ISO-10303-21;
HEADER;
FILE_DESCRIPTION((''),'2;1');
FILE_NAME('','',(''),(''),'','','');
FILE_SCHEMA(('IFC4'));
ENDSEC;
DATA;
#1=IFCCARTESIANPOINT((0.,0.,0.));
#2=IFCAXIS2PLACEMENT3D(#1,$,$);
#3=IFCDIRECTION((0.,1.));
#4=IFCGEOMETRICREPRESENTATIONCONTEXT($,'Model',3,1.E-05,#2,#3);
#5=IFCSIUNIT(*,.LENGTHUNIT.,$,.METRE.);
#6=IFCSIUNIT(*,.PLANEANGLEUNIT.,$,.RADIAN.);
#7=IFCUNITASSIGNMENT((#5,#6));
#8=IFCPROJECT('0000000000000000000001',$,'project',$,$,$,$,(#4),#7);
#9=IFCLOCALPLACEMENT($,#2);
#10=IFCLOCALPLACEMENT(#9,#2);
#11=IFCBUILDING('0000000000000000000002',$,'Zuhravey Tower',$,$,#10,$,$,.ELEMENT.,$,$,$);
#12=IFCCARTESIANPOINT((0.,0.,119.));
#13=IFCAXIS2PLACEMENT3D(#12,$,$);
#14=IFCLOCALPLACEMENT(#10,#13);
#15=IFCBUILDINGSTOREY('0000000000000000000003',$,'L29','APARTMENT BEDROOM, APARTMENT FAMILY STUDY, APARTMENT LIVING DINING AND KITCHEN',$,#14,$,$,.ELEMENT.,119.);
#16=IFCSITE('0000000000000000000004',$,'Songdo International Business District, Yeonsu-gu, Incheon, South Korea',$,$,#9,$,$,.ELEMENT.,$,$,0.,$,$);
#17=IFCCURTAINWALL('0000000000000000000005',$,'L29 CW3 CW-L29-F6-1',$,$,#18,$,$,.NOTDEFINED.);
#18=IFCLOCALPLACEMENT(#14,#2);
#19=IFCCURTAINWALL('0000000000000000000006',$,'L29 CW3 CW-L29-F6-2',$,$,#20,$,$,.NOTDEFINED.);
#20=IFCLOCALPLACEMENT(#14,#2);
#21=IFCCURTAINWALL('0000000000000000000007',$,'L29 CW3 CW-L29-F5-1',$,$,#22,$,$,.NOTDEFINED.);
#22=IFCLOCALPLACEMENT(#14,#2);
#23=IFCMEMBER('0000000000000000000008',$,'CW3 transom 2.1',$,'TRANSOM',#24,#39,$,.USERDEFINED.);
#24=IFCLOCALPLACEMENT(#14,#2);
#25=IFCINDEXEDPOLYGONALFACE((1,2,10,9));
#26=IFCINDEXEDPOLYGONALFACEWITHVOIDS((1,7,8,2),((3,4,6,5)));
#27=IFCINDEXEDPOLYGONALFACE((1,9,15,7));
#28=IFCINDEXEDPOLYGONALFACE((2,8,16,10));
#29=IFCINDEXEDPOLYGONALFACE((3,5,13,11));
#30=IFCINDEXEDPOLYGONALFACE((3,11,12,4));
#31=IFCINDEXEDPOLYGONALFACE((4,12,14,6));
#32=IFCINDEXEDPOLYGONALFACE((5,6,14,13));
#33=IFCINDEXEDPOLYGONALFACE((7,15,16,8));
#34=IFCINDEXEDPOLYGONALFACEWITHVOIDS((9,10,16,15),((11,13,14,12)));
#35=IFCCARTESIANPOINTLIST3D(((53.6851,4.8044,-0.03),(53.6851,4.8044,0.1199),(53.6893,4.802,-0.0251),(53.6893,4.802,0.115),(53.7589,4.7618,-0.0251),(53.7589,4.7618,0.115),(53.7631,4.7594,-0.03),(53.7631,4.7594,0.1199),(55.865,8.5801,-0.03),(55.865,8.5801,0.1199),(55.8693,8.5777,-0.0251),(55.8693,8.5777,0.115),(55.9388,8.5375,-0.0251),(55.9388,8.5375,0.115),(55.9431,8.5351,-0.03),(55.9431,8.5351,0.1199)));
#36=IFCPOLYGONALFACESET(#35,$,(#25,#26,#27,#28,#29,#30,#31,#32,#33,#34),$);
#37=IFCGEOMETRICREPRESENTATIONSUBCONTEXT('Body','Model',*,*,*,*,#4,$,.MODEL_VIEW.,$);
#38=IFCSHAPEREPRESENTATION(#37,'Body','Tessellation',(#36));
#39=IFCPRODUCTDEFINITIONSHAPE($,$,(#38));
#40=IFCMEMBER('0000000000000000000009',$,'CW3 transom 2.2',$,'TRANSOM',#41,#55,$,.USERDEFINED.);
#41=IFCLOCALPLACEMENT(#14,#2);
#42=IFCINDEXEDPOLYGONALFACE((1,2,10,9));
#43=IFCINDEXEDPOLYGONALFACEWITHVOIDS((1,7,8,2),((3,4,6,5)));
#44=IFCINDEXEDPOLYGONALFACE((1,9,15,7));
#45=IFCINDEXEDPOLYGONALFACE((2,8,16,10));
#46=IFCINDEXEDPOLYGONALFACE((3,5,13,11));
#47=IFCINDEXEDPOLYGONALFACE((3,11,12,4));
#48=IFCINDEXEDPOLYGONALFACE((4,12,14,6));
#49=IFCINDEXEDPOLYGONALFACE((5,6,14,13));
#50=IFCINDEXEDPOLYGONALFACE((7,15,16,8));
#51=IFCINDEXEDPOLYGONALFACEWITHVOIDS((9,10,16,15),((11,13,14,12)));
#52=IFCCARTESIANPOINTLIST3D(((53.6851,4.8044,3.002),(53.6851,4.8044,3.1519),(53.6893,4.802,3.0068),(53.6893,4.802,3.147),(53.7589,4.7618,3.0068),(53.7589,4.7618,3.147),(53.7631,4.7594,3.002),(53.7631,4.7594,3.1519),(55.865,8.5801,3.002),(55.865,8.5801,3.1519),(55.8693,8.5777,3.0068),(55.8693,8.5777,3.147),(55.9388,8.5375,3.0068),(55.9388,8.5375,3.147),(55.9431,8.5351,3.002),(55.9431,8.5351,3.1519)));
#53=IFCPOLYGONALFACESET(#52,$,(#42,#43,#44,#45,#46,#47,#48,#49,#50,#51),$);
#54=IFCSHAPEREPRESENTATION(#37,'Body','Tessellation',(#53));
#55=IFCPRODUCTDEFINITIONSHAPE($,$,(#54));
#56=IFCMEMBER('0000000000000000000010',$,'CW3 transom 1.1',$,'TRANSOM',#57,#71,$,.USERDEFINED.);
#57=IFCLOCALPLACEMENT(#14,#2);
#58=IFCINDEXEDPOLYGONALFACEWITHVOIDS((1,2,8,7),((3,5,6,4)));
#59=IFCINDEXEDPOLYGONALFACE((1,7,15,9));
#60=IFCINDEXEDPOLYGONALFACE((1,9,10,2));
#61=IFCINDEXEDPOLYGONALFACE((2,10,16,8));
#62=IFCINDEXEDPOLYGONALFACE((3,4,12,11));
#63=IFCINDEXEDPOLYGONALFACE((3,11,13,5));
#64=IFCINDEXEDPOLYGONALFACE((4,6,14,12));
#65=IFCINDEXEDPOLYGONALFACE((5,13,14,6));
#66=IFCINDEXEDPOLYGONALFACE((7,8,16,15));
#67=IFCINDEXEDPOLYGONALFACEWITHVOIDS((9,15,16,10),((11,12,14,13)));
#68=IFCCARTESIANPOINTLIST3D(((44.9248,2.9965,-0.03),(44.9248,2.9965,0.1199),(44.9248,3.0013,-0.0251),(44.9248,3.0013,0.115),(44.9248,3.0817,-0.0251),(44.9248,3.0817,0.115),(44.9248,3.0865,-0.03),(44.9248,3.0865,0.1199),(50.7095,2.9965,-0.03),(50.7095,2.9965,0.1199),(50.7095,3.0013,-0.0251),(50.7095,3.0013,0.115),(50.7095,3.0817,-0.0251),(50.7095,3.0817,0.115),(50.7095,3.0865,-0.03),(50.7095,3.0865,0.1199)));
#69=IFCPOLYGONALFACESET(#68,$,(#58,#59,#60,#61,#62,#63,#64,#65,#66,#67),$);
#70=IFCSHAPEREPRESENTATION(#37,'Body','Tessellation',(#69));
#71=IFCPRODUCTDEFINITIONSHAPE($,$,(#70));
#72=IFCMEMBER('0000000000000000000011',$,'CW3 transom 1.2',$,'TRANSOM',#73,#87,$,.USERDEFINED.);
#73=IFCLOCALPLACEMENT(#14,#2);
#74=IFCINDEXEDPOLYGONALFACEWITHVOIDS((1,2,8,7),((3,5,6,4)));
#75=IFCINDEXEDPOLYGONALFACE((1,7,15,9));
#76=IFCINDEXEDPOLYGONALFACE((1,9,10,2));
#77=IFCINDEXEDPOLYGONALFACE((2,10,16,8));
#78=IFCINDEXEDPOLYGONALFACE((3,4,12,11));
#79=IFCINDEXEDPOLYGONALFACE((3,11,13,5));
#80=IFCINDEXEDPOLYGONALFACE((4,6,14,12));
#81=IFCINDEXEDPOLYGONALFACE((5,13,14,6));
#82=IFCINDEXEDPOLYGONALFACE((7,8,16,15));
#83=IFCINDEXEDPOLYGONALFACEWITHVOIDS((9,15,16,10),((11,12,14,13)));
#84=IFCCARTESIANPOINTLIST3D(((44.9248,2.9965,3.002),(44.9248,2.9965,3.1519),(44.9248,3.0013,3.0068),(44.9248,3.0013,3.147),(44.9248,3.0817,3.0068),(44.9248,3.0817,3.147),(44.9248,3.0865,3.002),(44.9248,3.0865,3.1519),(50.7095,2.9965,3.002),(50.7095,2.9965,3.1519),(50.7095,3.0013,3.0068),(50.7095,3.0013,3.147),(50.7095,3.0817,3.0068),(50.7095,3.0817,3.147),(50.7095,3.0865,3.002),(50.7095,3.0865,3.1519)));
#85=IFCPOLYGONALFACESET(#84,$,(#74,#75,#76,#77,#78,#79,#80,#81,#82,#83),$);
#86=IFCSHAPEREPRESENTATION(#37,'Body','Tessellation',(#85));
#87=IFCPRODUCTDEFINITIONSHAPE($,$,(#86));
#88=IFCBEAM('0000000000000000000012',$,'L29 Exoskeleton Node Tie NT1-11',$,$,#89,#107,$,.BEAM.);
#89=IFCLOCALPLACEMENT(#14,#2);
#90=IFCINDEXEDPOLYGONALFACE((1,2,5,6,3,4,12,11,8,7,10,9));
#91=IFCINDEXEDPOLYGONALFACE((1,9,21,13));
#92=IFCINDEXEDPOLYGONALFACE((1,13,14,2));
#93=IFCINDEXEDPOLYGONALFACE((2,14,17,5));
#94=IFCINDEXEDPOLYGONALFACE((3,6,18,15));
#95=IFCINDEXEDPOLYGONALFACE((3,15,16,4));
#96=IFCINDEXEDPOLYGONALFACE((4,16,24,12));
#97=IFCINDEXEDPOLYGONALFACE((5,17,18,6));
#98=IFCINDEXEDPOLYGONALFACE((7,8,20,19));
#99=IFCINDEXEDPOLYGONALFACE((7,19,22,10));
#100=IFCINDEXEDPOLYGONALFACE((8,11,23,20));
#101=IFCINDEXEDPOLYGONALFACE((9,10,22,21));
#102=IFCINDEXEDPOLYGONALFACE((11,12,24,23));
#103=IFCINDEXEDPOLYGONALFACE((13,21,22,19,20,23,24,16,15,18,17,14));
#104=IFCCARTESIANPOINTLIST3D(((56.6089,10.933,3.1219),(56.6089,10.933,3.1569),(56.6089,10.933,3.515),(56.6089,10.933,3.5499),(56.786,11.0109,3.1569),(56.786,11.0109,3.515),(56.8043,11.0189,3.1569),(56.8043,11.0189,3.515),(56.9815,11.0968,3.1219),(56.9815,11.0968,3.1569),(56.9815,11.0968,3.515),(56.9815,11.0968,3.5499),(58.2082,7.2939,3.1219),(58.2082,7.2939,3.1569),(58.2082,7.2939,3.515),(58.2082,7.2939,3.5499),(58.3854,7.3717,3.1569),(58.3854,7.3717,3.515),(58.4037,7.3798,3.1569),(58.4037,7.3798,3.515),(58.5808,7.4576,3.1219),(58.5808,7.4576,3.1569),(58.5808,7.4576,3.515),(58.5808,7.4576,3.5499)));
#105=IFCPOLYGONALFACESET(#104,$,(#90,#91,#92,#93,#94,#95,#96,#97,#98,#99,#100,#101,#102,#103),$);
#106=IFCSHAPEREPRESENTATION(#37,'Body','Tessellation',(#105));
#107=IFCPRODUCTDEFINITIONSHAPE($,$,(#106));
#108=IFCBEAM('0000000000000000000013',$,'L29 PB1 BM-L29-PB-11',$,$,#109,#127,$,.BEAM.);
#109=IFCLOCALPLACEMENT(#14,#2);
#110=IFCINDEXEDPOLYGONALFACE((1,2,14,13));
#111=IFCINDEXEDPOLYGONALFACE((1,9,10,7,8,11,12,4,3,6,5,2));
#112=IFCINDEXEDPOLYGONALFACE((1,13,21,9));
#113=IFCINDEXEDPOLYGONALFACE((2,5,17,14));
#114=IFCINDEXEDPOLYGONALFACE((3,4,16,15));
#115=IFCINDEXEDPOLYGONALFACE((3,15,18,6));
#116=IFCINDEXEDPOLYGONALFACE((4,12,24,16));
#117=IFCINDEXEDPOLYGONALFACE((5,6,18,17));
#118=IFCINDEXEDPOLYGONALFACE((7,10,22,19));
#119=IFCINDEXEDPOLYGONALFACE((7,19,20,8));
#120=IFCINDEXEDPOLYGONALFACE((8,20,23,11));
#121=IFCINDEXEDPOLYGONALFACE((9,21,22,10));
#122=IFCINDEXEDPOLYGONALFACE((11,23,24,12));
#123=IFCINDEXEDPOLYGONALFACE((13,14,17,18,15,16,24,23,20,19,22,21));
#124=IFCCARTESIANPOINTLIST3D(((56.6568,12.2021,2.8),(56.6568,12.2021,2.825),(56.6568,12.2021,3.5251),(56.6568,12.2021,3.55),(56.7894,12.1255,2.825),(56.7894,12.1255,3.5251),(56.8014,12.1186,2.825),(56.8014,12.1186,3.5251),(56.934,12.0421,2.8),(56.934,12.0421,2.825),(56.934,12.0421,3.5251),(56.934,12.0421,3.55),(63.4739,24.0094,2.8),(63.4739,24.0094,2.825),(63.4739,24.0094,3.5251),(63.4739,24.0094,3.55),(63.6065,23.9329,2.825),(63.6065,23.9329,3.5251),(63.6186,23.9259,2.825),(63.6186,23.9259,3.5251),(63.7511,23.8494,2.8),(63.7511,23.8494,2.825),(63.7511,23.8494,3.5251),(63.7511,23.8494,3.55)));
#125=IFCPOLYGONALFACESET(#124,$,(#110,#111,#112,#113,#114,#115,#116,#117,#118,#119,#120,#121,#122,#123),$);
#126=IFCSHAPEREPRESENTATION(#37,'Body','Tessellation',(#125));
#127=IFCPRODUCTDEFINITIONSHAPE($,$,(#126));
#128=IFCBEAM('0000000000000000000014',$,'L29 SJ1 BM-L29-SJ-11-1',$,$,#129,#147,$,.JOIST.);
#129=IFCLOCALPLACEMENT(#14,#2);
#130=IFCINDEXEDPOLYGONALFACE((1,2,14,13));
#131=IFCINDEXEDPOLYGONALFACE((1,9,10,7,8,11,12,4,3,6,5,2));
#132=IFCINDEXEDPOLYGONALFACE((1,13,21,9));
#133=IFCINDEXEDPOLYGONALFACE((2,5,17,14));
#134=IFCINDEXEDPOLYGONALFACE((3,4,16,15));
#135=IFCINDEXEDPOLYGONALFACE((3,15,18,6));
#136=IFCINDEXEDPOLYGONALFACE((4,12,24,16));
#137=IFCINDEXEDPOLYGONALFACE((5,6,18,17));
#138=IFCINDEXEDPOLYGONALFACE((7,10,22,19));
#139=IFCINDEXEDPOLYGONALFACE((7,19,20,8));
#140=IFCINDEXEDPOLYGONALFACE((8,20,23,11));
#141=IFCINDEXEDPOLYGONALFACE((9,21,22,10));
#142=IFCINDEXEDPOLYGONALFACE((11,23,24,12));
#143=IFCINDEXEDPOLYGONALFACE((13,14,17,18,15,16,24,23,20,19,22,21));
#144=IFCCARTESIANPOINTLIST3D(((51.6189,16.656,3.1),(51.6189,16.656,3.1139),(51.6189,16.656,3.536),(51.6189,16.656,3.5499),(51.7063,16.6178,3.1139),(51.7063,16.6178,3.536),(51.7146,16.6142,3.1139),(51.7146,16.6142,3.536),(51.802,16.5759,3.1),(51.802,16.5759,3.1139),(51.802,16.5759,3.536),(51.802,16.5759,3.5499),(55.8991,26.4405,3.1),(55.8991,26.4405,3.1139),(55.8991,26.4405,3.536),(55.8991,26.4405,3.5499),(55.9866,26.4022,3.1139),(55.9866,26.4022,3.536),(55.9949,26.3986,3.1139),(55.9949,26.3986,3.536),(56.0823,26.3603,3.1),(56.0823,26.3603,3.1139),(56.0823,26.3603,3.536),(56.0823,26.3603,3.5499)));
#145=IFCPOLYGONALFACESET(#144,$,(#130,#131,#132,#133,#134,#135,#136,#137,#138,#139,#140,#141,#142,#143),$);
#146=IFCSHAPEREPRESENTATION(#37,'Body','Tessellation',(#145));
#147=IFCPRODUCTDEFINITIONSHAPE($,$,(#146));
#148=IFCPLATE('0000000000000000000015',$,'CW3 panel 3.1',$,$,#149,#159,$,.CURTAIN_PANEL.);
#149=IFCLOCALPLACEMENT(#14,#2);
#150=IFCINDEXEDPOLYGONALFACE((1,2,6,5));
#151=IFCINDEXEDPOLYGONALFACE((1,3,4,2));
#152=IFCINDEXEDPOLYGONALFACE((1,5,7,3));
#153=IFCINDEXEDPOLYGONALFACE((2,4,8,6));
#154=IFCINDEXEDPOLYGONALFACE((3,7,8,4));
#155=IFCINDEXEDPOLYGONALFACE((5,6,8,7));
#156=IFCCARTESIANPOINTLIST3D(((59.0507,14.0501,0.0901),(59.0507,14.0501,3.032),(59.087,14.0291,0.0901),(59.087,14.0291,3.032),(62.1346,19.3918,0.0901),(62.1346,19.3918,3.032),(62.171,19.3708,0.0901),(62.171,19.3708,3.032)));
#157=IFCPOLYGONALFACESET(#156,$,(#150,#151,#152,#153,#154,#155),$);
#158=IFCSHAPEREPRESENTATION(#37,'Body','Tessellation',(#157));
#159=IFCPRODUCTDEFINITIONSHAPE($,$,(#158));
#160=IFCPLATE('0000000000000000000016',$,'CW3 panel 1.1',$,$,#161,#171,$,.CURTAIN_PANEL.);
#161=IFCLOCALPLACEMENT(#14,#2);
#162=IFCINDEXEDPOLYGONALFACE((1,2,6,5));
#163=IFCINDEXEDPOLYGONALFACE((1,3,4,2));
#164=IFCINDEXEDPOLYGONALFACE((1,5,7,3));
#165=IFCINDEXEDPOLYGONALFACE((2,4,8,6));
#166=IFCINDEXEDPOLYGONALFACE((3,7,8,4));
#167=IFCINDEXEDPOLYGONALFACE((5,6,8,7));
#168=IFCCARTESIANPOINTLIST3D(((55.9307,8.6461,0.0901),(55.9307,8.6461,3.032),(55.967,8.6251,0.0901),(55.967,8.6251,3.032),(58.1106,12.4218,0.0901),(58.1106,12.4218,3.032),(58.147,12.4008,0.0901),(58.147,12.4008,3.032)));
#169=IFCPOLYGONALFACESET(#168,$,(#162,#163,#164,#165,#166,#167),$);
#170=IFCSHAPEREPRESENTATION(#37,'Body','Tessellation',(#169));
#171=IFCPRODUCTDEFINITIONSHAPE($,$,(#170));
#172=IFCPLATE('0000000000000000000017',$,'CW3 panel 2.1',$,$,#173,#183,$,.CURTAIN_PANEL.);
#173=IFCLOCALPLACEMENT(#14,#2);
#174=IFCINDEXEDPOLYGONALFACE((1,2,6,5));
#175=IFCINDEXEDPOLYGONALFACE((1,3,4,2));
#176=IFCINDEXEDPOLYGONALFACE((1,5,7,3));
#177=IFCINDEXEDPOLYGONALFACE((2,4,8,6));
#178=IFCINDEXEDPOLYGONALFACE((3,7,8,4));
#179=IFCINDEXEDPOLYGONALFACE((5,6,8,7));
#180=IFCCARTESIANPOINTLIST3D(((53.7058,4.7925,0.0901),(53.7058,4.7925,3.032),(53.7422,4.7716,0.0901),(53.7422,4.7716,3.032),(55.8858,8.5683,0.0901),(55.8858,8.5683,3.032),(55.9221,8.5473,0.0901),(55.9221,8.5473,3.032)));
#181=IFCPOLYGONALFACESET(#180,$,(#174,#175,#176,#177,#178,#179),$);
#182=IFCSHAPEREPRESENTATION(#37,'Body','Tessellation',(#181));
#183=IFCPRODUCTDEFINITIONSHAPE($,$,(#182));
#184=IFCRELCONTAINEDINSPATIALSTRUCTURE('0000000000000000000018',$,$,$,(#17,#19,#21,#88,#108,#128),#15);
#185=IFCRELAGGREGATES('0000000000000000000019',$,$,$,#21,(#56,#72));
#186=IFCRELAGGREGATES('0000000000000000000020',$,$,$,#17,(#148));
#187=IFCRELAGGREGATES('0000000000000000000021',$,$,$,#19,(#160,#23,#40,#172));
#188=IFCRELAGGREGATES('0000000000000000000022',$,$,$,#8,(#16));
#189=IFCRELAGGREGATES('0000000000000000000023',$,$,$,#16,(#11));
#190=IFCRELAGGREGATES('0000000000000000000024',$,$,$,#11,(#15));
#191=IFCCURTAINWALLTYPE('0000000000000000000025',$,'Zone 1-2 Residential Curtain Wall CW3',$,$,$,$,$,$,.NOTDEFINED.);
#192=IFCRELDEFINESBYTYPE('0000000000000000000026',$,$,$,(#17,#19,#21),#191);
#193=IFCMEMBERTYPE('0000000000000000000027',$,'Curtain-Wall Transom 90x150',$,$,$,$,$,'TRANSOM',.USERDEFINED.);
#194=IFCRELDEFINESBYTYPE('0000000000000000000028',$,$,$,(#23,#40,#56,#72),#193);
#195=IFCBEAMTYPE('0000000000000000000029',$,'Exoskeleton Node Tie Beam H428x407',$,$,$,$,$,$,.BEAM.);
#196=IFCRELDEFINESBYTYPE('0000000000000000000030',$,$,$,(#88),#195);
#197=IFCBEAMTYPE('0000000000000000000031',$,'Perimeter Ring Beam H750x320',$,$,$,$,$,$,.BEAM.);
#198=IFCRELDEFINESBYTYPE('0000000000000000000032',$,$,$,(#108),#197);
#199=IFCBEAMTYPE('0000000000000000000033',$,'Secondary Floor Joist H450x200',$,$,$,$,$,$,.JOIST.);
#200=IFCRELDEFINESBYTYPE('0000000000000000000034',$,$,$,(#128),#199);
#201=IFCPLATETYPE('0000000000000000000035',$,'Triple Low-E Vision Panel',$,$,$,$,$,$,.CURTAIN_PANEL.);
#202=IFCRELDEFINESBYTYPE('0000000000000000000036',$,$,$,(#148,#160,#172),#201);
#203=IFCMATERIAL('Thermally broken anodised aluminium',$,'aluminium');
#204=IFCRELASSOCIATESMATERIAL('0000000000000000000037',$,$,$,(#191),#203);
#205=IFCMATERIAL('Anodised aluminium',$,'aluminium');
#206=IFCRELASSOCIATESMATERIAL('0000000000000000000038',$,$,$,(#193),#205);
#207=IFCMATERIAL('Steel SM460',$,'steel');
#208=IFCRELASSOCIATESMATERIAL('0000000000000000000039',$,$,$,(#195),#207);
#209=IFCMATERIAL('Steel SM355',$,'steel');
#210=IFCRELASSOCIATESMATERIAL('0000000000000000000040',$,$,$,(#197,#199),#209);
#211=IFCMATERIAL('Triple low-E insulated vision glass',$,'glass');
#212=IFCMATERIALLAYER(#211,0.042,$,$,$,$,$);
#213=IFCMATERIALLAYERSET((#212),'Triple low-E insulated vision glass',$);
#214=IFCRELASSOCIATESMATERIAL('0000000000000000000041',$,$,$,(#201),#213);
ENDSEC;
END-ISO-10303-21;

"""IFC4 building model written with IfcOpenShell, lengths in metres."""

from ifc_helpers import new_model, si_unit, direction, frame, origin, origin_2d, place, context, subcontext, project, spatial, rectangle, hollow_rectangle, i_section, extrude, material, layer, layer_set, material_profile, profile_set, type_object, element, aggregate, save


model = new_model("IFC4")

# Units and contexts
model_context = context("Model", 3, precision=1e-05, world=origin(), true_north=direction((0.0, 1.0)))
body_context = subcontext(model_context, "Body", "Model", "MODEL_VIEW")
ifc_project = project(units=[si_unit("LENGTHUNIT", "METRE"), si_unit("PLANEANGLEUNIT", "RADIAN")], contexts=[model_context])

# Site, building, storey
site_placement = place(None, origin())
site = spatial("IfcSite", under=ifc_project, at=site_placement, Name="Songdo International Business District, Yeonsu-gu, Incheon, South Korea", CompositionType="ELEMENT", RefElevation=0.0)
building_placement = place(site_placement, origin())
building = spatial("IfcBuilding", under=site, at=building_placement, Name="Zuhravey Tower", CompositionType="ELEMENT")
storey_placement = place(building_placement, frame((0.0, 0.0, 119.0)))
storey = spatial("IfcBuildingStorey", under=building, at=storey_placement, Name="L29", Description="APARTMENT BEDROOM, APARTMENT FAMILY STUDY, APARTMENT LIVING DINING AND KITCHEN", CompositionType="ELEMENT", Elevation=119.0)

# Curtain walls
ifc_material_1 = material(Name="Thermally broken anodised aluminium", Category="aluminium")
curtain_wall_type = type_object("IfcCurtainWallType", Name="Zone 1-2 Residential Curtain Wall CW3", PredefinedType="NOTDEFINED", material=ifc_material_1)
curtain_wall_1_placement = place(storey_placement, origin())
curtain_wall_1 = element("IfcCurtainWall", 1, at=curtain_wall_1_placement, inside=storey, type_object=curtain_wall_type, Name="L29 CW3 CW-L29-F6-1", PredefinedType="NOTDEFINED")
ifc_material_2 = material(Name="Anodised aluminium", Category="aluminium")
curtain_wall_2_placement = place(storey_placement, origin())
curtain_wall_2 = element("IfcCurtainWall", 2, at=curtain_wall_2_placement, inside=storey, type_object=curtain_wall_type, Name="L29 CW3 CW-L29-F6-2", PredefinedType="NOTDEFINED")

# Curtain wall
curtain_wall_3_placement = place(storey_placement, origin())
curtain_wall_3 = element("IfcCurtainWall", 3, at=curtain_wall_3_placement, inside=storey, type_object=curtain_wall_type, Name="L29 CW3 CW-L29-F5-1", PredefinedType="NOTDEFINED")

# Members
ifc_material_profile_1 = material_profile(ifc_material_2, hollow_rectangle(XDim=0.0901, YDim=0.1499, WallThickness=0.0049, at=origin_2d()), Name="ALU-RHS-90x150x5")
ifc_profile_set_1 = profile_set([ifc_material_profile_1], Name="Anodised aluminium")
member_type_1 = type_object("IfcMemberType", Name="Curtain-Wall Transom 90x150", ElementType="TRANSOM", PredefinedType="USERDEFINED", material=ifc_profile_set_1)
member_1_placement = place(storey_placement, frame((55.9041, 8.5576, 0.0449), z_axis=(-0.500012, -0.866019, 0.0), x_axis=(0.866019, -0.500012, 0.0)))
member_1 = element("IfcMember", 4, at=member_1_placement, type_object=member_type_1, Name="CW3 transom 2.1", ObjectType="TRANSOM", PredefinedType="USERDEFINED", context=body_context, shape_type="SweptSolid", body=[
    extrude(hollow_rectangle(XDim=0.0901, YDim=0.1499, WallThickness=0.0049, at=origin_2d()), origin(), (0.0, 0.0, 1.0), 4.3599),
])
member_2_placement = place(storey_placement, frame((55.9041, 8.5576, 3.0769), z_axis=(-0.500012, -0.866019, 0.0), x_axis=(0.866019, -0.500012, 0.0)))
member_2 = element("IfcMember", 5, at=member_2_placement, type_object=member_type_1, Name="CW3 transom 2.2", ObjectType="TRANSOM", PredefinedType="USERDEFINED", context=body_context, shape_type="SweptSolid", body=[
    extrude(hollow_rectangle(XDim=0.0901, YDim=0.1499, WallThickness=0.0049, at=origin_2d()), origin(), (0.0, 0.0, 1.0), 4.3599),
])
member_3_placement = place(storey_placement, frame((50.7095, 3.0415, 0.0449), z_axis=(-1.0, 0.0, 0.0), x_axis=(0.0, -1.0, 0.0)))
member_3 = element("IfcMember", 6, at=member_3_placement, type_object=member_type_1, Name="CW3 transom 1.1", ObjectType="TRANSOM", PredefinedType="USERDEFINED", context=body_context, shape_type="SweptSolid", body=[
    extrude(hollow_rectangle(XDim=0.0901, YDim=0.1499, WallThickness=0.0049, at=origin_2d()), origin(), (0.0, 0.0, 1.0), 5.7847),
])
member_4_placement = place(storey_placement, frame((50.7095, 3.0415, 3.0769), z_axis=(-1.0, 0.0, 0.0), x_axis=(0.0, -1.0, 0.0)))
member_4 = element("IfcMember", 7, at=member_4_placement, type_object=member_type_1, Name="CW3 transom 1.2", ObjectType="TRANSOM", PredefinedType="USERDEFINED", context=body_context, shape_type="SweptSolid", body=[
    extrude(hollow_rectangle(XDim=0.0901, YDim=0.1499, WallThickness=0.0049, at=origin_2d()), origin(), (0.0, 0.0, 1.0), 5.7847),
])
aggregate(curtain_wall_3, [member_3, member_4])

# Beams
ifc_material_3 = material(Name="Steel SM460", Category="steel")
ifc_material_profile_2 = material_profile(ifc_material_3, i_section(OverallWidth=0.407, OverallDepth=0.428, WebThickness=0.02, FlangeThickness=0.0349, at=origin_2d()), Name="H-428x407x20x35")
ifc_profile_set_2 = profile_set([ifc_material_profile_2], Name="Steel SM460")
beam_type_1 = type_object("IfcBeamType", Name="Exoskeleton Node Tie Beam H428x407", PredefinedType="BEAM", material=ifc_profile_set_2)
beam_1_placement = place(storey_placement, frame((56.7952, 11.0149, 3.3359), z_axis=(0.402345, -0.915488, 0.0), x_axis=(0.915488, 0.402345, 0.0)))
element("IfcBeam", 8, at=beam_1_placement, inside=storey, type_object=beam_type_1, Name="L29 Exoskeleton Node Tie NT1-11", PredefinedType="BEAM", context=body_context, shape_type="SweptSolid", body=[
    extrude(i_section(OverallWidth=0.407, OverallDepth=0.428, WebThickness=0.02, FlangeThickness=0.0349, at=origin_2d()), origin(), (0.0, 0.0, 1.0), 3.9751),
])
ifc_material_4 = material(Name="Steel SM355", Category="steel")
ifc_material_profile_3 = material_profile(ifc_material_4, i_section(OverallWidth=0.3201, OverallDepth=0.75, WebThickness=0.0139, FlangeThickness=0.0249, at=origin_2d()), Name="H-750x320x14x25")
ifc_profile_set_3 = profile_set([ifc_material_profile_3], Name="Steel SM355")
beam_type_2 = type_object("IfcBeamType", Name="Perimeter Ring Beam H750x320", PredefinedType="BEAM", material=ifc_profile_set_3)
beam_2_placement = place(storey_placement, frame((56.7954, 12.1221, 3.175), z_axis=(0.500008, 0.866021, 0.0), x_axis=(-0.866021, 0.500008, 0.0)))
element("IfcBeam", 9, at=beam_2_placement, inside=storey, type_object=beam_type_2, Name="L29 PB1 BM-L29-PB-11", PredefinedType="BEAM", context=body_context, shape_type="SweptSolid", body=[
    extrude(i_section(OverallWidth=0.3201, OverallDepth=0.75, WebThickness=0.0139, FlangeThickness=0.0249, at=origin_2d()), origin(), (0.0, 0.0, 1.0), 13.634),
])
ifc_material_profile_4 = material_profile(ifc_material_4, i_section(OverallWidth=0.2, OverallDepth=0.45, WebThickness=0.009, FlangeThickness=0.0139, at=origin_2d()), Name="H-450x200x9x14")
ifc_profile_set_4 = profile_set([ifc_material_profile_4], Name="Steel SM355")
beam_type_3 = type_object("IfcBeamType", Name="Secondary Floor Joist H450x200", PredefinedType="JOIST", material=ifc_profile_set_4)
beam_3_placement = place(storey_placement, frame((51.7104, 16.616, 3.325), z_axis=(0.400786, 0.916172, 0.0), x_axis=(-0.916172, 0.400786, 0.0)))
element("IfcBeam", 10, at=beam_3_placement, inside=storey, type_object=beam_type_3, Name="L29 SJ1 BM-L29-SJ-11-1", PredefinedType="JOIST", context=body_context, shape_type="SweptSolid", body=[
    extrude(i_section(OverallWidth=0.2, OverallDepth=0.45, WebThickness=0.009, FlangeThickness=0.0139, at=origin_2d()), origin(), (0.0, 0.0, 1.0), 10.6797),
])

# Plates
ifc_material_5 = material(Name="Triple low-E insulated vision glass", Category="glass")
ifc_layer_1 = layer(ifc_material_5, 0.042)
ifc_layer_set_1 = layer_set([ifc_layer_1], Name="Triple low-E insulated vision glass")
plate_type = type_object("IfcPlateType", Name="Triple Low-E Vision Panel", PredefinedType="CURTAIN_PANEL", material=ifc_layer_set_1)
plate_1_placement = place(storey_placement, frame((60.6108, 16.7104, 0.0901), z_axis=(0.0, 0.0, 1.0), x_axis=(-0.499999, -0.866026, 0.0)))
plate_1 = element("IfcPlate", 11, at=plate_1_placement, type_object=plate_type, Name="CW3 panel 3.1", PredefinedType="CURTAIN_PANEL", context=body_context, shape_type="SweptSolid", body=[
    extrude(rectangle(XDim=6.168, YDim=0.042, at=origin_2d()), origin(), (0.0, 0.0, 1.0), 2.9419),
])
aggregate(curtain_wall_1, [plate_1])
plate_2_placement = place(storey_placement, frame((57.0388, 10.5234, 0.0901), z_axis=(0.0, 0.0, 1.0), x_axis=(-0.500005, -0.866023, 0.0)))
plate_2 = element("IfcPlate", 12, at=plate_2_placement, type_object=plate_type, Name="CW3 panel 1.1", PredefinedType="CURTAIN_PANEL", context=body_context, shape_type="SweptSolid", body=[
    extrude(rectangle(XDim=4.3599, YDim=0.042, at=origin_2d()), origin(), (0.0, 0.0, 1.0), 2.9419),
])
plate_3_placement = place(storey_placement, frame((54.814, 6.6699, 0.0901), z_axis=(0.0, 0.0, 1.0), x_axis=(-0.500005, -0.866023, 0.0)))
plate_3 = element("IfcPlate", 13, at=plate_3_placement, type_object=plate_type, Name="CW3 panel 2.1", PredefinedType="CURTAIN_PANEL", context=body_context, shape_type="SweptSolid", body=[
    extrude(rectangle(XDim=4.3599, YDim=0.042, at=origin_2d()), origin(), (0.0, 0.0, 1.0), 2.9419),
])
aggregate(curtain_wall_2, [plate_2, member_1, member_2, plate_3])

save(model, "model.ifc")
